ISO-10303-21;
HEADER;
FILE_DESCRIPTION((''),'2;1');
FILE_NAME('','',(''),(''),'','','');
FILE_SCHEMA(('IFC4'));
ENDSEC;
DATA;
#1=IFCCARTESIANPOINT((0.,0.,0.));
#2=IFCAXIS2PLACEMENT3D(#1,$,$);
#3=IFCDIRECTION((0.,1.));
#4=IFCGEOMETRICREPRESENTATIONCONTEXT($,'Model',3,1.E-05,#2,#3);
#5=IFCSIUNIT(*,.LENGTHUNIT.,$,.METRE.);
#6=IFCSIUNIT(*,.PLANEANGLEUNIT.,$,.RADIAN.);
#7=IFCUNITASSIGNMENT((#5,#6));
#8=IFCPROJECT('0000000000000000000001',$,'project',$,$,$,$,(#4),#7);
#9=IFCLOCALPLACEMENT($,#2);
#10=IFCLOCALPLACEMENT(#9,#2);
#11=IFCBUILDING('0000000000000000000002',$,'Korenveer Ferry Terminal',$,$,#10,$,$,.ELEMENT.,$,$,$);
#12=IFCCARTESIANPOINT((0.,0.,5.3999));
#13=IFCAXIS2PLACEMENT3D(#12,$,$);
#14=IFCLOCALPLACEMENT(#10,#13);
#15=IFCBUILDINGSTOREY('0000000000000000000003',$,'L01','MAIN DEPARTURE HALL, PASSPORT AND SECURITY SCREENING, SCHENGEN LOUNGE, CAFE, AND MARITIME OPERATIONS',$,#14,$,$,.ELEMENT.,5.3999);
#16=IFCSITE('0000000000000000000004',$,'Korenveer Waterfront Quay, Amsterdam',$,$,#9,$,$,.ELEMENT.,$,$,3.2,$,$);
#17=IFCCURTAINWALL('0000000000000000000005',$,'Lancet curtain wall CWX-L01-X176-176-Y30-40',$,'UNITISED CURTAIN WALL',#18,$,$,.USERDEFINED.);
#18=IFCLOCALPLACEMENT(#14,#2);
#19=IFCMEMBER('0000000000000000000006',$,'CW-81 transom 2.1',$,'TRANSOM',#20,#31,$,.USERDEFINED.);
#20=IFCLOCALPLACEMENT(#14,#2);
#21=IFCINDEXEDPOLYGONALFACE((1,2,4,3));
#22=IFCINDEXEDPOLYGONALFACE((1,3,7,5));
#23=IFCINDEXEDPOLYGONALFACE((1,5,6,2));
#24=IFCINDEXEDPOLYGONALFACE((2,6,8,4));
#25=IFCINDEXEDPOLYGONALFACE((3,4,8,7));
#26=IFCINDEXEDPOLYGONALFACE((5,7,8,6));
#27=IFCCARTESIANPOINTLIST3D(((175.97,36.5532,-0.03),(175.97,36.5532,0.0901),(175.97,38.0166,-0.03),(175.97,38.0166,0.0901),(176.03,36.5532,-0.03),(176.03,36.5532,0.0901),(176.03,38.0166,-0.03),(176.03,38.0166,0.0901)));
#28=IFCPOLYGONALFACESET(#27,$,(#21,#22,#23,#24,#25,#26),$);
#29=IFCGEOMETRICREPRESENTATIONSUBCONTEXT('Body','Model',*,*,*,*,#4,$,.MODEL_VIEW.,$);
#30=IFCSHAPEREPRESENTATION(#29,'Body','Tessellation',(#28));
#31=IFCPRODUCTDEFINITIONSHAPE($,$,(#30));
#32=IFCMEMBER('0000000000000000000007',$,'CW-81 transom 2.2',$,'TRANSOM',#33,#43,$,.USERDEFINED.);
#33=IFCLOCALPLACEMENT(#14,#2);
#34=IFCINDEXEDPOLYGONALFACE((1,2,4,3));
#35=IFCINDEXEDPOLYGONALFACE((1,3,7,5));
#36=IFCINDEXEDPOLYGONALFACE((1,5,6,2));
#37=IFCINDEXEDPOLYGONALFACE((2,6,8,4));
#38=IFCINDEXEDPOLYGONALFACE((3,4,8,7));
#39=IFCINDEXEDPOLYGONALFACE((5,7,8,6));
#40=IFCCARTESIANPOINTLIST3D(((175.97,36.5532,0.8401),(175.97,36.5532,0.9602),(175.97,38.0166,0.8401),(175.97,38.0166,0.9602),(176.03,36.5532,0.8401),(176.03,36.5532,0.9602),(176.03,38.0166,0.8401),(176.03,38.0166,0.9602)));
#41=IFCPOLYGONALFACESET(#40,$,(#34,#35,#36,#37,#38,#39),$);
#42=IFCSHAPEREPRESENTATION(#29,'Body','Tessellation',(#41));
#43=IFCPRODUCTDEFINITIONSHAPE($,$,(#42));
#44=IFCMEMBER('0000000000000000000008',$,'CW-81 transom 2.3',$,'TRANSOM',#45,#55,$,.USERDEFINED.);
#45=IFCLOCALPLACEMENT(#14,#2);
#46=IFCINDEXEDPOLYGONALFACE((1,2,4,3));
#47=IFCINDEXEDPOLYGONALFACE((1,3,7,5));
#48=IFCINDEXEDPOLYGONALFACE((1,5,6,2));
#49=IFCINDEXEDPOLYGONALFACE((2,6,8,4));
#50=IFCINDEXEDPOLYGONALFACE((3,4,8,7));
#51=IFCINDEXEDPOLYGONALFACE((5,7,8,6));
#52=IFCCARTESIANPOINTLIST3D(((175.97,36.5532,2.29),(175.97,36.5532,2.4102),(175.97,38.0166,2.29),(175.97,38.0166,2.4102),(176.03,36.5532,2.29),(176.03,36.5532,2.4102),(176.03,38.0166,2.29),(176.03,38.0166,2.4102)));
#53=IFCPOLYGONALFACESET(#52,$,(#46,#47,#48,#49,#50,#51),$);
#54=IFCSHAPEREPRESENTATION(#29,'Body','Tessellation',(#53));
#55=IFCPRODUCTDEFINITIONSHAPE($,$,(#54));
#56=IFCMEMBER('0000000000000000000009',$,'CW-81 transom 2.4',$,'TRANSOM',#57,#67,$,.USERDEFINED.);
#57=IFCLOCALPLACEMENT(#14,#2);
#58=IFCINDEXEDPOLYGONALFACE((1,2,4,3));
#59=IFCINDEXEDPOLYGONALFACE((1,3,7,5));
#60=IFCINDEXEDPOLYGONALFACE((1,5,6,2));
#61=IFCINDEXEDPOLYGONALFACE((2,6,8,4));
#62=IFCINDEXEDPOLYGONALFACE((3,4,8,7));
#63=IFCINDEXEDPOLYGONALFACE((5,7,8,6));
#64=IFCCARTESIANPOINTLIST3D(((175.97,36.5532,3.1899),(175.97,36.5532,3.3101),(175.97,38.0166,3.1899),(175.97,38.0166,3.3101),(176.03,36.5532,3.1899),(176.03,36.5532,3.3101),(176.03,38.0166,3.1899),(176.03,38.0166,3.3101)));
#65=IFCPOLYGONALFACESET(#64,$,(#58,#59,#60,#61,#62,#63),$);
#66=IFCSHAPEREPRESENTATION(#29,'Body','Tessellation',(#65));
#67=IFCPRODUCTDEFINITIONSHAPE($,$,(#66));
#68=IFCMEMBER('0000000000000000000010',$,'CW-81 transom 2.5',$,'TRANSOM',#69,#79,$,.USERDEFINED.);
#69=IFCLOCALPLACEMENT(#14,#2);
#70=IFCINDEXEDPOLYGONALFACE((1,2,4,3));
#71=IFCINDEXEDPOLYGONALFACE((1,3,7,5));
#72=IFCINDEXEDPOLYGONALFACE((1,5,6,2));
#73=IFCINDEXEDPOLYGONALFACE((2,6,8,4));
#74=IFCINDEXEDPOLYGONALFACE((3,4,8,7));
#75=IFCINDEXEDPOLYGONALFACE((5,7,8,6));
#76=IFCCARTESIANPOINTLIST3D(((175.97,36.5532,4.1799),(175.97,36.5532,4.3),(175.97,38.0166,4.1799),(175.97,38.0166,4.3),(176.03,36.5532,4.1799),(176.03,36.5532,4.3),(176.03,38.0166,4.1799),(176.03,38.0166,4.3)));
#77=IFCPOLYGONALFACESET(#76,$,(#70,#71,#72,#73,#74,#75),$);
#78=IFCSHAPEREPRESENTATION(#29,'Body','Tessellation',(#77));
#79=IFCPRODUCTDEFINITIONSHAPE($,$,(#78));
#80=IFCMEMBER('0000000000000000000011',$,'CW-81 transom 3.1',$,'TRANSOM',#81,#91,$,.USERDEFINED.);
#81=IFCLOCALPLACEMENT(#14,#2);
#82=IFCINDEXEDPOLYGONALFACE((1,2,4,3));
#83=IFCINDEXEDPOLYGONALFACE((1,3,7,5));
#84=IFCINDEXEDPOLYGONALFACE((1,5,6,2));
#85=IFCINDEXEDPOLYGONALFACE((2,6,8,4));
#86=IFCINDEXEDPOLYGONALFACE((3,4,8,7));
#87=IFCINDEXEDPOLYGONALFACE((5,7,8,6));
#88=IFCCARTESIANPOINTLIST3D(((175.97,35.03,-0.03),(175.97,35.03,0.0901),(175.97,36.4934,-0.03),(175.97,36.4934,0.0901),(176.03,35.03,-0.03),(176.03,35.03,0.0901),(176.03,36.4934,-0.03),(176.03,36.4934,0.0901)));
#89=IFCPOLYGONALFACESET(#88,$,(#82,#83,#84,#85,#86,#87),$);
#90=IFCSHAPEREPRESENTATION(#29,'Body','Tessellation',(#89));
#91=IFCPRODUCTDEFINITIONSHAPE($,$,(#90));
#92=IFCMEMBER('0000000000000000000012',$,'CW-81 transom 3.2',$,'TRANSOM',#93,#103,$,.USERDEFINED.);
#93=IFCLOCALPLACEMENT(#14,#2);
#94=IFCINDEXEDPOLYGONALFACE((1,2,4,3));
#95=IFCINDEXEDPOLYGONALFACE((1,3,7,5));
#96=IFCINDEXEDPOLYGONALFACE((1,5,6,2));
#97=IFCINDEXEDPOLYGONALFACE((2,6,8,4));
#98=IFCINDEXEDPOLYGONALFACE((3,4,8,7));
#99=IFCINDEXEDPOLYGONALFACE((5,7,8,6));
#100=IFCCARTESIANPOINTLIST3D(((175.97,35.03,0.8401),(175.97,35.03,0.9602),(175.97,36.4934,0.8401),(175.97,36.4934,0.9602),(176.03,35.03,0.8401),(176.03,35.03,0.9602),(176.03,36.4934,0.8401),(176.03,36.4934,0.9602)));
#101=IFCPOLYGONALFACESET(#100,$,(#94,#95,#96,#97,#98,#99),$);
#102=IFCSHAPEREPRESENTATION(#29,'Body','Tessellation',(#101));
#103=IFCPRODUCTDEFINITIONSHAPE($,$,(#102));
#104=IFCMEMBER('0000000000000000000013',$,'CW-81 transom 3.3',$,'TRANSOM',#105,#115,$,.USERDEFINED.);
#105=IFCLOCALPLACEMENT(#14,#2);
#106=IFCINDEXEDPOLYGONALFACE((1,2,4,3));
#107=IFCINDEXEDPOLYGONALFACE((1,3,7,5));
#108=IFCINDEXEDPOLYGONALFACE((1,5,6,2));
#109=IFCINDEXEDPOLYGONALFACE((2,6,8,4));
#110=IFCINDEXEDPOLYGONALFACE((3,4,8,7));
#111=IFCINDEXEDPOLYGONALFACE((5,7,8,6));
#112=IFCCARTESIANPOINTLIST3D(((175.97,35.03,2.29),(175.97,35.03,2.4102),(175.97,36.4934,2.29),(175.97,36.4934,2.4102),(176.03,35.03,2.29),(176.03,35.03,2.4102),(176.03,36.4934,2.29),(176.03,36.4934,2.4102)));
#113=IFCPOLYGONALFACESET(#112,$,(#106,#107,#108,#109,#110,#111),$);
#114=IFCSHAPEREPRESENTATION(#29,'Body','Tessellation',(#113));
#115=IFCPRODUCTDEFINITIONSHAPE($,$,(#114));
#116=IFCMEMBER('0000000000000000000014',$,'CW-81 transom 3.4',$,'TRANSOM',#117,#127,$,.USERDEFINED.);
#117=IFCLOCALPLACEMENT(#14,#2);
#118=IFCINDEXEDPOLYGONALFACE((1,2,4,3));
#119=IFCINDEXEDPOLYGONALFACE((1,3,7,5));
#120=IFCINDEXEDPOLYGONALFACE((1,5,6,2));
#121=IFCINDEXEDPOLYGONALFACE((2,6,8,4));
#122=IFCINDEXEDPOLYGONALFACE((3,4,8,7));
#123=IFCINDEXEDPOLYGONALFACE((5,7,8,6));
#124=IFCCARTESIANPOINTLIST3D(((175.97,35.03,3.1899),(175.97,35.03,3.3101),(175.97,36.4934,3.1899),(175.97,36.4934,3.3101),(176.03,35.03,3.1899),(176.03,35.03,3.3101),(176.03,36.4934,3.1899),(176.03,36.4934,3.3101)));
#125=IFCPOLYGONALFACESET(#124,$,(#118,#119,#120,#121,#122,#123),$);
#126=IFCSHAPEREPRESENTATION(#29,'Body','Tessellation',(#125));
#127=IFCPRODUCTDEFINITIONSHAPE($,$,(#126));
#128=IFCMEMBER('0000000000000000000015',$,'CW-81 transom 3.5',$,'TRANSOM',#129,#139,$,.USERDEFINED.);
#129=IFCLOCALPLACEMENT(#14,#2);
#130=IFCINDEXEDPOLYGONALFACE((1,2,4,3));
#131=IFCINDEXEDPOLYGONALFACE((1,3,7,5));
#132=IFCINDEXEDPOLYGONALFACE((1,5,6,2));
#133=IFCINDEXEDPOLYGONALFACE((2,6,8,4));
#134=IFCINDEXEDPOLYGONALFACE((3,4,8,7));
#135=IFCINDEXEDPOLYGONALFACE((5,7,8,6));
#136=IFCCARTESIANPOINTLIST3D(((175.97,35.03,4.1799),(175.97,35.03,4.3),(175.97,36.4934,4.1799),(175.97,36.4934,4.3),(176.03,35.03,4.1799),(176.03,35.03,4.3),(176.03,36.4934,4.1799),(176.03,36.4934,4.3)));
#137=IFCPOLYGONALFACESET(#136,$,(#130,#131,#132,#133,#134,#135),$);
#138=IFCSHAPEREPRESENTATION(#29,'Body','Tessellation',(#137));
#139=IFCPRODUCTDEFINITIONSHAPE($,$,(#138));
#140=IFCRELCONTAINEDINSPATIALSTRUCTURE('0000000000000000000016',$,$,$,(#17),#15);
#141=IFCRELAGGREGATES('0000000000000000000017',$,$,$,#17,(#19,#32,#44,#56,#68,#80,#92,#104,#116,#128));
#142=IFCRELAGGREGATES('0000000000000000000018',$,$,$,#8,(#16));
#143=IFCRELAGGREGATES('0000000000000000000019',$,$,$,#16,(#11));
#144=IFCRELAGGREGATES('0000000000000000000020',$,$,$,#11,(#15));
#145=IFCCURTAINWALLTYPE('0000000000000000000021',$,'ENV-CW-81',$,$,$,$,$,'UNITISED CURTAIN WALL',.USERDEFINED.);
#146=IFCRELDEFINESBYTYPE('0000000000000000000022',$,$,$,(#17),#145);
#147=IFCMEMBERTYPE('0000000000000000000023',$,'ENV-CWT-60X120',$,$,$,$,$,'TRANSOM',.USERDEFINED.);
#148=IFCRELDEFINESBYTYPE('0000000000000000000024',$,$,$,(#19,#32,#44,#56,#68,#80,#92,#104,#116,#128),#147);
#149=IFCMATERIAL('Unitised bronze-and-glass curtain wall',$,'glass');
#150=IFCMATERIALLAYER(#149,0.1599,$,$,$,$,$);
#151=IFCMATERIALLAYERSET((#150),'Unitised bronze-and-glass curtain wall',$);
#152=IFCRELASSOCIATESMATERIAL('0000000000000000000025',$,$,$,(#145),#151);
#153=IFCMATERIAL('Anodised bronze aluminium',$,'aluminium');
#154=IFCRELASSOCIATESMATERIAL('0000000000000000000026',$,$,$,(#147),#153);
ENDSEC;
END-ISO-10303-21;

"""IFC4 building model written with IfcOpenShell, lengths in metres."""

from ifc_helpers import new_model, si_unit, direction, frame, origin, origin_2d, place, context, subcontext, project, spatial, rectangle, extrude, material, layer, layer_set, material_profile, profile_set, type_object, element, aggregate, save


model = new_model("IFC4")

# Units and contexts
model_context = context("Model", 3, precision=1e-05, world=origin(), true_north=direction((0.0, 1.0)))
body_context = subcontext(model_context, "Body", "Model", "MODEL_VIEW")
ifc_project = project(units=[si_unit("LENGTHUNIT", "METRE"), si_unit("PLANEANGLEUNIT", "RADIAN")], contexts=[model_context])

# Site, building, storey
site_placement = place(None, origin())
site = spatial("IfcSite", under=ifc_project, at=site_placement, Name="Korenveer Waterfront Quay, Amsterdam", CompositionType="ELEMENT", RefElevation=3.2)
building_placement = place(site_placement, origin())
building = spatial("IfcBuilding", under=site, at=building_placement, Name="Korenveer Ferry Terminal", CompositionType="ELEMENT")
storey_placement = place(building_placement, frame((0.0, 0.0, 5.3999)))
storey = spatial("IfcBuildingStorey", under=building, at=storey_placement, Name="L01", Description="MAIN DEPARTURE HALL, PASSPORT AND SECURITY SCREENING, SCHENGEN LOUNGE, CAFE, AND MARITIME OPERATIONS", CompositionType="ELEMENT", Elevation=5.3999)

# Curtain wall, members
ifc_material_1 = material(Name="Unitised bronze-and-glass curtain wall", Category="glass")
ifc_layer_1 = layer(ifc_material_1, 0.1599)
ifc_layer_set_1 = layer_set([ifc_layer_1], Name="Unitised bronze-and-glass curtain wall")
curtain_wall_type = type_object("IfcCurtainWallType", Name="ENV-CW-81", ElementType="UNITISED CURTAIN WALL", PredefinedType="USERDEFINED", material=ifc_layer_set_1)
curtain_wall_placement = place(storey_placement, frame((176.0, 39.5701, 0.0)))
curtain_wall = element("IfcCurtainWall", 1, at=curtain_wall_placement, inside=storey, type_object=curtain_wall_type, Name="Lancet curtain wall CWX-L01-X176-176-Y30-40", ObjectType="UNITISED CURTAIN WALL", PredefinedType="USERDEFINED")
ifc_material_2 = material(Name="Anodised bronze aluminium", Category="aluminium")
ifc_material_profile_1 = material_profile(ifc_material_2, rectangle(XDim=0.0601, YDim=0.1201, at=origin_2d()), Name="ALU 60x120")
ifc_profile_set_1 = profile_set([ifc_material_profile_1], Name="Anodised bronze aluminium")
member_type_1 = type_object("IfcMemberType", Name="ENV-CWT-60X120", ElementType="TRANSOM", PredefinedType="USERDEFINED", material=ifc_profile_set_1)
member_1_placement = place(storey_placement, frame((176.0, 38.0166, 0.03), z_axis=(0.0, -1.0, 0.0), x_axis=(1.0, 0.0, 0.0)))
member_1 = element("IfcMember", 2, at=member_1_placement, type_object=member_type_1, Name="CW-81 transom 2.1", ObjectType="TRANSOM", PredefinedType="USERDEFINED", context=body_context, shape_type="SweptSolid", body=[
    extrude(rectangle(XDim=0.0601, YDim=0.1201, at=origin_2d()), origin(), (0.0, 0.0, 1.0), 1.4634),
])
member_2_placement = place(storey_placement, frame((176.0, 38.0166, 0.9001), z_axis=(0.0, -1.0, 0.0), x_axis=(1.0, 0.0, 0.0)))
member_2 = element("IfcMember", 3, at=member_2_placement, type_object=member_type_1, Name="CW-81 transom 2.2", ObjectType="TRANSOM", PredefinedType="USERDEFINED", context=body_context, shape_type="SweptSolid", body=[
    extrude(rectangle(XDim=0.0601, YDim=0.1201, at=origin_2d()), origin(), (0.0, 0.0, 1.0), 1.4634),
])
member_3_placement = place(storey_placement, frame((176.0, 38.0166, 2.3501), z_axis=(0.0, -1.0, 0.0), x_axis=(1.0, 0.0, 0.0)))
member_3 = element("IfcMember", 4, at=member_3_placement, type_object=member_type_1, Name="CW-81 transom 2.3", ObjectType="TRANSOM", PredefinedType="USERDEFINED", context=body_context, shape_type="SweptSolid", body=[
    extrude(rectangle(XDim=0.0601, YDim=0.1201, at=origin_2d()), origin(), (0.0, 0.0, 1.0), 1.4634),
])
member_4_placement = place(storey_placement, frame((176.0, 38.0166, 3.25), z_axis=(0.0, -1.0, 0.0), x_axis=(1.0, 0.0, 0.0)))
member_4 = element("IfcMember", 5, at=member_4_placement, type_object=member_type_1, Name="CW-81 transom 2.4", ObjectType="TRANSOM", PredefinedType="USERDEFINED", context=body_context, shape_type="SweptSolid", body=[
    extrude(rectangle(XDim=0.0601, YDim=0.1201, at=origin_2d()), origin(), (0.0, 0.0, 1.0), 1.4634),
])
member_5_placement = place(storey_placement, frame((176.0, 38.0166, 4.24), z_axis=(0.0, -1.0, 0.0), x_axis=(1.0, 0.0, 0.0)))
member_5 = element("IfcMember", 6, at=member_5_placement, type_object=member_type_1, Name="CW-81 transom 2.5", ObjectType="TRANSOM", PredefinedType="USERDEFINED", context=body_context, shape_type="SweptSolid", body=[
    extrude(rectangle(XDim=0.0601, YDim=0.1201, at=origin_2d()), origin(), (0.0, 0.0, 1.0), 1.4634),
])
member_6_placement = place(storey_placement, frame((176.0, 36.4934, 0.03), z_axis=(0.0, -1.0, 0.0), x_axis=(1.0, 0.0, 0.0)))
member_6 = element("IfcMember", 7, at=member_6_placement, type_object=member_type_1, Name="CW-81 transom 3.1", ObjectType="TRANSOM", PredefinedType="USERDEFINED", context=body_context, shape_type="SweptSolid", body=[
    extrude(rectangle(XDim=0.0601, YDim=0.1201, at=origin_2d()), origin(), (0.0, 0.0, 1.0), 1.4634),
])
member_7_placement = place(storey_placement, frame((176.0, 36.4934, 0.9001), z_axis=(0.0, -1.0, 0.0), x_axis=(1.0, 0.0, 0.0)))
member_7 = element("IfcMember", 8, at=member_7_placement, type_object=member_type_1, Name="CW-81 transom 3.2", ObjectType="TRANSOM", PredefinedType="USERDEFINED", context=body_context, shape_type="SweptSolid", body=[
    extrude(rectangle(XDim=0.0601, YDim=0.1201, at=origin_2d()), origin(), (0.0, 0.0, 1.0), 1.4634),
])
member_8_placement = place(storey_placement, frame((176.0, 36.4934, 2.3501), z_axis=(0.0, -1.0, 0.0), x_axis=(1.0, 0.0, 0.0)))
member_8 = element("IfcMember", 9, at=member_8_placement, type_object=member_type_1, Name="CW-81 transom 3.3", ObjectType="TRANSOM", PredefinedType="USERDEFINED", context=body_context, shape_type="SweptSolid", body=[
    extrude(rectangle(XDim=0.0601, YDim=0.1201, at=origin_2d()), origin(), (0.0, 0.0, 1.0), 1.4634),
])
member_9_placement = place(storey_placement, frame((176.0, 36.4934, 3.25), z_axis=(0.0, -1.0, 0.0), x_axis=(1.0, 0.0, 0.0)))
member_9 = element("IfcMember", 10, at=member_9_placement, type_object=member_type_1, Name="CW-81 transom 3.4", ObjectType="TRANSOM", PredefinedType="USERDEFINED", context=body_context, shape_type="SweptSolid", body=[
    extrude(rectangle(XDim=0.0601, YDim=0.1201, at=origin_2d()), origin(), (0.0, 0.0, 1.0), 1.4634),
])
member_10_placement = place(storey_placement, frame((176.0, 36.4934, 4.24), z_axis=(0.0, -1.0, 0.0), x_axis=(1.0, 0.0, 0.0)))
member_10 = element("IfcMember", 11, at=member_10_placement, type_object=member_type_1, Name="CW-81 transom 3.5", ObjectType="TRANSOM", PredefinedType="USERDEFINED", context=body_context, shape_type="SweptSolid", body=[
    extrude(rectangle(XDim=0.0601, YDim=0.1201, at=origin_2d()), origin(), (0.0, 0.0, 1.0), 1.4634),
])

aggregate(curtain_wall, [member_1, member_2, member_3, member_4, member_5, member_6, member_7, member_8, member_9, member_10])

save(model, "model.ifc")
